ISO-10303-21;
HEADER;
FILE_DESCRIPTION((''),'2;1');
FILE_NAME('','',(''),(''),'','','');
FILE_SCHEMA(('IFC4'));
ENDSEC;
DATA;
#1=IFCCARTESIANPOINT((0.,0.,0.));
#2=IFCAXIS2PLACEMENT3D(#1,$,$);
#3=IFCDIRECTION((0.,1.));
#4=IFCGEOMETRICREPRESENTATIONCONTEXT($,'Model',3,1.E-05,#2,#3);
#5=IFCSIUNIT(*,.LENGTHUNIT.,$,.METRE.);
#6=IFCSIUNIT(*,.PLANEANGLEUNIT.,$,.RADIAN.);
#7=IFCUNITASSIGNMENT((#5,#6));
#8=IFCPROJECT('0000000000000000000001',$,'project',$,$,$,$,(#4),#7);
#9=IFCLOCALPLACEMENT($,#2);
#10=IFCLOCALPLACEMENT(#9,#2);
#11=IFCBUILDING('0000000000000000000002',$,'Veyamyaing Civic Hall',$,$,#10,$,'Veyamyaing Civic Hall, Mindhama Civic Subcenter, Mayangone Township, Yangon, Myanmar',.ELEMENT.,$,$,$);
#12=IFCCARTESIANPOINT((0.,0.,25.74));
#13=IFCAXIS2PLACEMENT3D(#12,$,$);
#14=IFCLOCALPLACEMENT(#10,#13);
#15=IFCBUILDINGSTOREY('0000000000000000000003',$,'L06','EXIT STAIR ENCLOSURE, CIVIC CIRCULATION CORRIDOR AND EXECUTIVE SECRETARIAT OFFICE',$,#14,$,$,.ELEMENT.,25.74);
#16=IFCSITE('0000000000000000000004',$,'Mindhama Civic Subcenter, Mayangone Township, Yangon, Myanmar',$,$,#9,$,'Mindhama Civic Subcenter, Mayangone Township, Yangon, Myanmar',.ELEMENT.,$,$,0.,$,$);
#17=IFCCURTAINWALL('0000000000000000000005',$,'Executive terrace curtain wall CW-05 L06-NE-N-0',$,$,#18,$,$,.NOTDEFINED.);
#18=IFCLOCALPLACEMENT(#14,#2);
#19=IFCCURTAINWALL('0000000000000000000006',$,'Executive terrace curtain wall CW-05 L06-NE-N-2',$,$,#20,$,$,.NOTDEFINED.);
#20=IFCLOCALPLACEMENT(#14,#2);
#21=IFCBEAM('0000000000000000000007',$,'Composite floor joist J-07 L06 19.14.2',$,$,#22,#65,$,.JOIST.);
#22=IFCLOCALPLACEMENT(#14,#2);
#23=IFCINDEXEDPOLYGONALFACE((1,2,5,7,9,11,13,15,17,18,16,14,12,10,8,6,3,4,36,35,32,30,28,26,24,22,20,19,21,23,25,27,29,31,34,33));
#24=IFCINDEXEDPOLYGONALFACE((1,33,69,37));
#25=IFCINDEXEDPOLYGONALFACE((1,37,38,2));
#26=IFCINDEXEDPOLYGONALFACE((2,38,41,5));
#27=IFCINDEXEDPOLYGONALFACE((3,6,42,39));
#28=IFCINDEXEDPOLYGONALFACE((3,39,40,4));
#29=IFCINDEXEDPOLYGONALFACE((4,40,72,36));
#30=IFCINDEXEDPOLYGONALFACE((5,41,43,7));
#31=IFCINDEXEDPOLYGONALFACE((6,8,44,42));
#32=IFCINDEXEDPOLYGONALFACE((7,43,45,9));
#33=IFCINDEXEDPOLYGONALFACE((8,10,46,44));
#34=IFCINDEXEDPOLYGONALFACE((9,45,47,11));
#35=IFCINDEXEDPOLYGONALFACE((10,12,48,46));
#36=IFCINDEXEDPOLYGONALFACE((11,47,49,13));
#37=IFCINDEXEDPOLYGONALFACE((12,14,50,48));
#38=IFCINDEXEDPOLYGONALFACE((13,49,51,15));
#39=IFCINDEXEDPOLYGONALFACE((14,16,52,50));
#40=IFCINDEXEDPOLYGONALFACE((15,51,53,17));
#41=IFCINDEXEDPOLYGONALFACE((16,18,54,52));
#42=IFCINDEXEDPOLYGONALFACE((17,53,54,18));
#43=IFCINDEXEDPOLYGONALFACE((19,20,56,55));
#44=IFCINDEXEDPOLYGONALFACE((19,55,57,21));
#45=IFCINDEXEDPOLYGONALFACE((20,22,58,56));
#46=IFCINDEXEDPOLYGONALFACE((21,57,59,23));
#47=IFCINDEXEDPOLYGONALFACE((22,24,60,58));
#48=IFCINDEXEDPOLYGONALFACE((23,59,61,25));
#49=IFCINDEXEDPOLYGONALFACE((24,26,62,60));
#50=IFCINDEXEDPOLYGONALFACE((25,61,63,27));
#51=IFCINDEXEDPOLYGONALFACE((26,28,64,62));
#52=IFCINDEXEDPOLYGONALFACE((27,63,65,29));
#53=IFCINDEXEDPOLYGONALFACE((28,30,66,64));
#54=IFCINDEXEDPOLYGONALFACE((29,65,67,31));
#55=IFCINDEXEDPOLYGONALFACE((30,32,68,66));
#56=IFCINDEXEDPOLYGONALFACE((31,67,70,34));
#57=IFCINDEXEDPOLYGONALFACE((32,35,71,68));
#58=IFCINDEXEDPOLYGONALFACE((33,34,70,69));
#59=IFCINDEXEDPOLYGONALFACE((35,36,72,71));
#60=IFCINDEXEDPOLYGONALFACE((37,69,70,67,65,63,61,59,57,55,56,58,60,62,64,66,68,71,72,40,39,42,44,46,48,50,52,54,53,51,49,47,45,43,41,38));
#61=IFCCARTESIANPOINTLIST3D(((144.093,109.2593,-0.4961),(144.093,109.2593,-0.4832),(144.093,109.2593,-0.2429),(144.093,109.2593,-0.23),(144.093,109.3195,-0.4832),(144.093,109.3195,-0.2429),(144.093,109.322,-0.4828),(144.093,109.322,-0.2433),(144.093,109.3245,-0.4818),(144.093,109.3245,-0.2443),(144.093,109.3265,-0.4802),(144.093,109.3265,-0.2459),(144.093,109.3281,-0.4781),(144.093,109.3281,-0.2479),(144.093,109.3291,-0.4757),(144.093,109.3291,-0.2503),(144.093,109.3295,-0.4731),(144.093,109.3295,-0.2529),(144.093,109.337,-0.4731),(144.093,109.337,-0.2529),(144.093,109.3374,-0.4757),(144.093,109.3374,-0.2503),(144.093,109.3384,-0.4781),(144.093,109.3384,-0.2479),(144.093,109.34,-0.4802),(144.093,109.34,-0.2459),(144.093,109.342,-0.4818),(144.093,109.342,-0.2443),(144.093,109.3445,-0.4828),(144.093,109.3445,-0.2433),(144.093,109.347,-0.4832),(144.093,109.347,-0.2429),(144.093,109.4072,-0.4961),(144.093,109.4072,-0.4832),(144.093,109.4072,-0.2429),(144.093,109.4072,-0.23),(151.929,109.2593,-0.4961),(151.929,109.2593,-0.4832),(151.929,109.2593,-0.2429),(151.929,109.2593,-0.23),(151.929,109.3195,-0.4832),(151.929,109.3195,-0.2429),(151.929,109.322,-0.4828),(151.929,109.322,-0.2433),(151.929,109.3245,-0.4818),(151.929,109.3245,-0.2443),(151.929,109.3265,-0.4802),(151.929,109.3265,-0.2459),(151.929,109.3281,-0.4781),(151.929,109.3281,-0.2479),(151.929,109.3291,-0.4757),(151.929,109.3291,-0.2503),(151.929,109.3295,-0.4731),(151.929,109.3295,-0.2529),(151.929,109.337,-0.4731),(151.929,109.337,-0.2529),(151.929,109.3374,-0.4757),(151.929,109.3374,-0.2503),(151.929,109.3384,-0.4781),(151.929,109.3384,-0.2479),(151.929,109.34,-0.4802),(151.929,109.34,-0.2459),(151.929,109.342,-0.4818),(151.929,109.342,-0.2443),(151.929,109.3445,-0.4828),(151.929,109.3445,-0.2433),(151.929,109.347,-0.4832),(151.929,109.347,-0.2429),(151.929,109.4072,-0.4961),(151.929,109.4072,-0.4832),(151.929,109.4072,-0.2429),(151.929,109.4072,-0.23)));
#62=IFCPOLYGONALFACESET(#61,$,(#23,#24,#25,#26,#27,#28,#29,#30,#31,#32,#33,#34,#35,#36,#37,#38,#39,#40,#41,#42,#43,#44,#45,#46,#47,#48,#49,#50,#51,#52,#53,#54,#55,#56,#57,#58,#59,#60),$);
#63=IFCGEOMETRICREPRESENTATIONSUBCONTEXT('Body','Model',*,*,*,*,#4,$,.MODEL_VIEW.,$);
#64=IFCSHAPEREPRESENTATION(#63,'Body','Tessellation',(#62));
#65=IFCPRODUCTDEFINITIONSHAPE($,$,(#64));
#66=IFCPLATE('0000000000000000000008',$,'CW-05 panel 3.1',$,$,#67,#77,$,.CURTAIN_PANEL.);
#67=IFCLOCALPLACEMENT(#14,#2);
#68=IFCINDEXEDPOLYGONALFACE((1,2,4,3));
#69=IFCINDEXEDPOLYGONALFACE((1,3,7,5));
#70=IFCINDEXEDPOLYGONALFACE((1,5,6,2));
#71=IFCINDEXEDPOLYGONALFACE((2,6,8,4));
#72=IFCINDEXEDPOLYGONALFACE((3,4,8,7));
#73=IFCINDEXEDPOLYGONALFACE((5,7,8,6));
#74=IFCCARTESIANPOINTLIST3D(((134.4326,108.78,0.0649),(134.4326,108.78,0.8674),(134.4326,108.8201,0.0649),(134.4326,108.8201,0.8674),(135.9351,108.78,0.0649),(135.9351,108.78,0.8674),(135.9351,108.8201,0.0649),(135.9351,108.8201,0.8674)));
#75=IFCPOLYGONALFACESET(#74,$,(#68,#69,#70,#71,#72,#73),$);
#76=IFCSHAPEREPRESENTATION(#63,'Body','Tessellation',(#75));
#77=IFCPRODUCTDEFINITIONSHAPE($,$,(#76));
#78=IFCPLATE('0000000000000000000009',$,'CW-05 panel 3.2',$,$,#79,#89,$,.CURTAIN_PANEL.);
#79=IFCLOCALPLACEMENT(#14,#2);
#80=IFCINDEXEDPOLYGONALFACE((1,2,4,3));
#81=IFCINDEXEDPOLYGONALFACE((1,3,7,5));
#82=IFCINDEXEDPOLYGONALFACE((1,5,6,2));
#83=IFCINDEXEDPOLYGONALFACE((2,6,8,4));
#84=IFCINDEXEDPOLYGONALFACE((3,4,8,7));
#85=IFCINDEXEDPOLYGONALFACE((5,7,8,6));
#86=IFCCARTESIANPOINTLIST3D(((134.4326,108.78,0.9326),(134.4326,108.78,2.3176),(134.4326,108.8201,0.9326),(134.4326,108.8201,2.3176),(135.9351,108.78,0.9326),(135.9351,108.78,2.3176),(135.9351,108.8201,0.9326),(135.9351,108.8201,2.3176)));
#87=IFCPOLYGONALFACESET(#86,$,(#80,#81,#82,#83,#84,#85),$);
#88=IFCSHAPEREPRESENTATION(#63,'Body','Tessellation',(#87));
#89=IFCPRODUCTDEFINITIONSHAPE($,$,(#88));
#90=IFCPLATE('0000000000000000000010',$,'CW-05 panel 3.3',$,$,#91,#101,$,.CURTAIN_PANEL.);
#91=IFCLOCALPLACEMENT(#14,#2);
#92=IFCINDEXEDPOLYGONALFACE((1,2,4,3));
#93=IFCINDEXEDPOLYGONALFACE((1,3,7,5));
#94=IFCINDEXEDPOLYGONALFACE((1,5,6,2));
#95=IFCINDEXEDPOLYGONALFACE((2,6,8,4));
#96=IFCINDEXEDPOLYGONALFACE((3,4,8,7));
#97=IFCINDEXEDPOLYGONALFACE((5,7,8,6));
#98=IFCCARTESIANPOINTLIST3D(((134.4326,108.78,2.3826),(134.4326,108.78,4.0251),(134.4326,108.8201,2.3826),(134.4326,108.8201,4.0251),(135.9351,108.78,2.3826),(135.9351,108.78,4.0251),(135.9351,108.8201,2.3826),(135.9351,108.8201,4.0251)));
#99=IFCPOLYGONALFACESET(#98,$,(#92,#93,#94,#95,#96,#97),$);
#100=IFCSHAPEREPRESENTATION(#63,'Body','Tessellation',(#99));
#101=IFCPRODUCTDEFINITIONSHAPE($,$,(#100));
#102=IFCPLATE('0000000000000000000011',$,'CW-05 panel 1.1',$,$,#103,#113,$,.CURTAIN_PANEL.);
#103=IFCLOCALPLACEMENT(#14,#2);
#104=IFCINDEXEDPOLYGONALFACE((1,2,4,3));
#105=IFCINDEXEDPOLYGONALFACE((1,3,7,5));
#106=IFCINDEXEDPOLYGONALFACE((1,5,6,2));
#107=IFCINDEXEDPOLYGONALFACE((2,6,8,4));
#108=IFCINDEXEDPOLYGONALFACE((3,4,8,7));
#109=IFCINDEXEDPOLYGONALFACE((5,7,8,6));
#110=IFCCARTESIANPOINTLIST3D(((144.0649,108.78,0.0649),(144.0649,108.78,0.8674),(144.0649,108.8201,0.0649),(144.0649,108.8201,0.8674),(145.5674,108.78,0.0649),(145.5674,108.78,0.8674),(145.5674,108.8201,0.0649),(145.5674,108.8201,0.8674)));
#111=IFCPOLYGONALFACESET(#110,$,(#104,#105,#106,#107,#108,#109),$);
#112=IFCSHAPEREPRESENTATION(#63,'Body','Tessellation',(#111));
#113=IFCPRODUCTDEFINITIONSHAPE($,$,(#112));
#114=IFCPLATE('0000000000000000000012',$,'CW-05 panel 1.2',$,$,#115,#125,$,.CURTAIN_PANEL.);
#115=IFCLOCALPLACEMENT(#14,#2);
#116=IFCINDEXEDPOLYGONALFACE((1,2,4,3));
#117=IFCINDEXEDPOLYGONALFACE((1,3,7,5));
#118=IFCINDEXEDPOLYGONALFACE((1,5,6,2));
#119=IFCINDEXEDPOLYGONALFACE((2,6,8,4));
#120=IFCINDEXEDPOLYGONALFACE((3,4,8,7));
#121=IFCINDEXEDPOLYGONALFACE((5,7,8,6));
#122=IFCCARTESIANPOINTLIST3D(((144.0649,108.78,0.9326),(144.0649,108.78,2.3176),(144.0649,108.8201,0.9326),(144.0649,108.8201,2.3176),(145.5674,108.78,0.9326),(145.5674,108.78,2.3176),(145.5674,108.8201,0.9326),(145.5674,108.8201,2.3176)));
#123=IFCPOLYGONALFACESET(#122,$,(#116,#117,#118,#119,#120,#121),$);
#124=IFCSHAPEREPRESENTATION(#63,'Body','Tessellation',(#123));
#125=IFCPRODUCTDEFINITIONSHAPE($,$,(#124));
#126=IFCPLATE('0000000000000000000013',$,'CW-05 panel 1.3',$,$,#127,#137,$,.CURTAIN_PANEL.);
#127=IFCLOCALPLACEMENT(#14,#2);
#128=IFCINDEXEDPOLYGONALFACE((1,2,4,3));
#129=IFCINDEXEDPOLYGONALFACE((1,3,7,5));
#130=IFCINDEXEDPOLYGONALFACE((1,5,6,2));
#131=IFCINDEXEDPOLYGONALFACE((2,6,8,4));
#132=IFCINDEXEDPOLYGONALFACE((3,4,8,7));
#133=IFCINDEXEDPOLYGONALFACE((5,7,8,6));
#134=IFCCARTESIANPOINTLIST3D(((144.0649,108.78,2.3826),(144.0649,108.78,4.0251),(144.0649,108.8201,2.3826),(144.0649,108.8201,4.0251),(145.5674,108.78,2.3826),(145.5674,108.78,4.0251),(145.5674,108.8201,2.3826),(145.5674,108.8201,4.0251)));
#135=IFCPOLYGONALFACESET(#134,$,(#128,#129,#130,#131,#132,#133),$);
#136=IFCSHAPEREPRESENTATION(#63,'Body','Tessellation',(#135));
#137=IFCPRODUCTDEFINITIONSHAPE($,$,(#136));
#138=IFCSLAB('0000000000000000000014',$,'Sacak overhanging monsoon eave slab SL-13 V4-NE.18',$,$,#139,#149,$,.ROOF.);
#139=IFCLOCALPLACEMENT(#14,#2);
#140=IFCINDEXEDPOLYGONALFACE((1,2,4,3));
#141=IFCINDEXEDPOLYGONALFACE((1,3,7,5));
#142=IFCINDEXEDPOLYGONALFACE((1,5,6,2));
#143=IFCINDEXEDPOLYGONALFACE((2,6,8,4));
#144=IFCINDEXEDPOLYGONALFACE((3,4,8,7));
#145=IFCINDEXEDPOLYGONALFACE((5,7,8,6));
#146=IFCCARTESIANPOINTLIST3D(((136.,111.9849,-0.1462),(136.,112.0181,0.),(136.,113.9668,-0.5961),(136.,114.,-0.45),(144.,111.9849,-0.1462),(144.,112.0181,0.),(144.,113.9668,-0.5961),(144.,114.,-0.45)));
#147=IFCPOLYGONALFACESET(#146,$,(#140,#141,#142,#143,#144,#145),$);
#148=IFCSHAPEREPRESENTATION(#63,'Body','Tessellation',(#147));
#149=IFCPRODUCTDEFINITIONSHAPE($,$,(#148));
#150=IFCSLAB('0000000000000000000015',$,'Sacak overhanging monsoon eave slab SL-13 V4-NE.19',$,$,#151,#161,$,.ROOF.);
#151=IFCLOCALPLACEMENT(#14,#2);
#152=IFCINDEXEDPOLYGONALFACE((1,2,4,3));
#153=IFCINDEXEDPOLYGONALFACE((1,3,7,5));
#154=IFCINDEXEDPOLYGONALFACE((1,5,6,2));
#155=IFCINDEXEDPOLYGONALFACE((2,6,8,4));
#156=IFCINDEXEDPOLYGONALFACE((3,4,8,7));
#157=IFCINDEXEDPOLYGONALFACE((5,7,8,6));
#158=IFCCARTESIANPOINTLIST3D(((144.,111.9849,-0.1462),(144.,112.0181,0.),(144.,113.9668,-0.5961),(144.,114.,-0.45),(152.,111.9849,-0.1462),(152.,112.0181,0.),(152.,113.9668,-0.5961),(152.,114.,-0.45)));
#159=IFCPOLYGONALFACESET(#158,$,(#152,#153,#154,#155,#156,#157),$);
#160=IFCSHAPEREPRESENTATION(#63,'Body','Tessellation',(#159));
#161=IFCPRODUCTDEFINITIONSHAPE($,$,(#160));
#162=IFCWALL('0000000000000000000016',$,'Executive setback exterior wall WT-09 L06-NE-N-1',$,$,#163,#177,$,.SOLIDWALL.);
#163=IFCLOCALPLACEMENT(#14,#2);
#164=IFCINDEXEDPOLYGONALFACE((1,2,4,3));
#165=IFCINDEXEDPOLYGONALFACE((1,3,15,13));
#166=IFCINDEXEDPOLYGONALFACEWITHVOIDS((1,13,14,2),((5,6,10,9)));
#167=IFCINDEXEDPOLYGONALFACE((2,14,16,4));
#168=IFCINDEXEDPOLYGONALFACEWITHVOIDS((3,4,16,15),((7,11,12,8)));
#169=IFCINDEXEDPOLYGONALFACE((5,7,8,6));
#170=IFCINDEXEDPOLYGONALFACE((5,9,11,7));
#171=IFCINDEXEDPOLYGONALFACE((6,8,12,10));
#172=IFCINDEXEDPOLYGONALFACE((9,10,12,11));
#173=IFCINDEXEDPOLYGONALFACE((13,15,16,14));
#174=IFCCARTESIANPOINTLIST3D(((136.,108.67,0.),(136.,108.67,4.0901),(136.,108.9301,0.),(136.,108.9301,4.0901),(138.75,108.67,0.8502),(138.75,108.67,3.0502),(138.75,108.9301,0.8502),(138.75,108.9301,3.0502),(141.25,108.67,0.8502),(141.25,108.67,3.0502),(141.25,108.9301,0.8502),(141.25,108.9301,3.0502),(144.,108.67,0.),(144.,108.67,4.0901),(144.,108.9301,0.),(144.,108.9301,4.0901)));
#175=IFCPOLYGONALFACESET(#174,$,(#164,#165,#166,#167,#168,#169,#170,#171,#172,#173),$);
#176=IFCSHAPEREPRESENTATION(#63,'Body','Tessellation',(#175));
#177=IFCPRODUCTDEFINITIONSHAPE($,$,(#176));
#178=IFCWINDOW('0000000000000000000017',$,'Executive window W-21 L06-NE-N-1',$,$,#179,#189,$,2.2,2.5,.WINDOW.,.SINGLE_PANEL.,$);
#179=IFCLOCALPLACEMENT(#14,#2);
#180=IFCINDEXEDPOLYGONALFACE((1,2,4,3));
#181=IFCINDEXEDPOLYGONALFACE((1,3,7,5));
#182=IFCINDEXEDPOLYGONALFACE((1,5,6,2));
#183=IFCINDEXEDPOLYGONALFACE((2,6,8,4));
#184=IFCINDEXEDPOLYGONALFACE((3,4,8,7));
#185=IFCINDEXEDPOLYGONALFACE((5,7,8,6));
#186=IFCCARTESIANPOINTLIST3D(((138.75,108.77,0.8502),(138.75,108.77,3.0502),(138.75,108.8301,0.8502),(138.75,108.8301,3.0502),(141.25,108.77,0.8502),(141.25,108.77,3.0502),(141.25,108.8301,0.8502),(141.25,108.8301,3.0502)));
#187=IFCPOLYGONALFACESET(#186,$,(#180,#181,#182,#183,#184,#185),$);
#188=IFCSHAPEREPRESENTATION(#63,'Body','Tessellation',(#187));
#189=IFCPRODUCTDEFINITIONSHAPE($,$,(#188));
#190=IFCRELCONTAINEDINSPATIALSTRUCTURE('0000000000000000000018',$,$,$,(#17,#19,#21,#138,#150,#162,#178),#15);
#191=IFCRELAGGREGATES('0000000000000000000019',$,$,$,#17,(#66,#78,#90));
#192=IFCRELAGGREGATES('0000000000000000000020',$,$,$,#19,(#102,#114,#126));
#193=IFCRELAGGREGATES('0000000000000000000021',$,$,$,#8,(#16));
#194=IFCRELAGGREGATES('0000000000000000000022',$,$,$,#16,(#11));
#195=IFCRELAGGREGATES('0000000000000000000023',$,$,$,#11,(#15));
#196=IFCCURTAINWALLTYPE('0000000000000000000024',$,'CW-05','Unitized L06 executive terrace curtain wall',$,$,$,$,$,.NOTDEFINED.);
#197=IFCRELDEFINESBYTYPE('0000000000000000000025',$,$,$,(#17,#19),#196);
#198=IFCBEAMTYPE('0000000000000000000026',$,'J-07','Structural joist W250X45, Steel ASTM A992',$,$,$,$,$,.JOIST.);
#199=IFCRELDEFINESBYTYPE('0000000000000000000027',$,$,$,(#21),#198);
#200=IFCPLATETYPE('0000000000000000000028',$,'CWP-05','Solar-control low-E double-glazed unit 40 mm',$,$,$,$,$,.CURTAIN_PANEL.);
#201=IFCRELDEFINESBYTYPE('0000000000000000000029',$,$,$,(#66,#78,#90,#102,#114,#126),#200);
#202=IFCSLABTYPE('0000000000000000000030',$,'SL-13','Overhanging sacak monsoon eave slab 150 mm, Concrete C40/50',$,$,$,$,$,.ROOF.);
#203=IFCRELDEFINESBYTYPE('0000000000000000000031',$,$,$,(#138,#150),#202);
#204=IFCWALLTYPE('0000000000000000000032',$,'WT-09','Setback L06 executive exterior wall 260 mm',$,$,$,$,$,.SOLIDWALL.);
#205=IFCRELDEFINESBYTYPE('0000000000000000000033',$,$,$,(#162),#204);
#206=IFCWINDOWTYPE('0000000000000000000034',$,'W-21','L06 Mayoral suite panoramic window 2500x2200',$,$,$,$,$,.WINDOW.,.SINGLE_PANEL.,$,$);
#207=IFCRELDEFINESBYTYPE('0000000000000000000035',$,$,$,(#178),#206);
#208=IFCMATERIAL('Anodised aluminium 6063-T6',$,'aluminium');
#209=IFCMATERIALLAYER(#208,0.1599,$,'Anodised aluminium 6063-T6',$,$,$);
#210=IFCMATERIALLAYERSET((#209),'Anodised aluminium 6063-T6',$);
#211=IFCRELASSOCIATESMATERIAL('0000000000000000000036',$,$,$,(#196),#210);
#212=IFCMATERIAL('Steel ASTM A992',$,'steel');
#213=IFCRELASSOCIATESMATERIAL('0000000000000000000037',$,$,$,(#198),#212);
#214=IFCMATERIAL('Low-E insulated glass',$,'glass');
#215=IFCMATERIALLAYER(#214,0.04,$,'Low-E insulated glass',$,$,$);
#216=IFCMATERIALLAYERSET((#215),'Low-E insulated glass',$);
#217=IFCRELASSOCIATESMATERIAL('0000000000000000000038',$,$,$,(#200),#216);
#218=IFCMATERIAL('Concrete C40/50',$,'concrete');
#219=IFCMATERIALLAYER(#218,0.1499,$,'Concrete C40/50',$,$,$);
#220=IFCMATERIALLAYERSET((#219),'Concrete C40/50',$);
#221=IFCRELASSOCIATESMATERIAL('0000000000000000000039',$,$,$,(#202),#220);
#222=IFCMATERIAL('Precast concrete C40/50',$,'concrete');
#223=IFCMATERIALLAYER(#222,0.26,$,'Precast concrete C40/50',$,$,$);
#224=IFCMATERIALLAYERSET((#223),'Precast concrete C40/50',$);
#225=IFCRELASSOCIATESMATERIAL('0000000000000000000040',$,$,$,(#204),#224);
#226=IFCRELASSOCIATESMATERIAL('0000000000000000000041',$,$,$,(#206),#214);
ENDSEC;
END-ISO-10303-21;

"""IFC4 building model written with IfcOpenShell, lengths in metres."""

from ifc_helpers import new_model, si_unit, direction, frame, frame_2d, origin, origin_2d, place, context, subcontext, project, spatial, polyline, rectangle, i_section, outline, extrude, material, layer, layer_set, material_profile, profile_set, type_object, element, fill, aggregate, save


model = new_model("IFC4")

# Units and contexts
model_context = context("Model", 3, precision=1e-05, world=origin(), true_north=direction((0.0, 1.0)))
body_context = subcontext(model_context, "Body", "Model", "MODEL_VIEW")
ifc_project = project(units=[si_unit("LENGTHUNIT", "METRE"), si_unit("PLANEANGLEUNIT", "RADIAN")], contexts=[model_context])

# Site, building, storey
site_placement = place(None, origin())
site = spatial("IfcSite", under=ifc_project, at=site_placement, Name="Mindhama Civic Subcenter, Mayangone Township, Yangon, Myanmar", LongName="Mindhama Civic Subcenter, Mayangone Township, Yangon, Myanmar", CompositionType="ELEMENT", RefElevation=0.0)
building_placement = place(site_placement, origin())
building = spatial("IfcBuilding", under=site, at=building_placement, Name="Veyamyaing Civic Hall", LongName="Veyamyaing Civic Hall, Mindhama Civic Subcenter, Mayangone Township, Yangon, Myanmar", CompositionType="ELEMENT")
storey_placement = place(building_placement, frame((0.0, 0.0, 25.74)))
storey = spatial("IfcBuildingStorey", under=building, at=storey_placement, Name="L06", Description="EXIT STAIR ENCLOSURE, CIVIC CIRCULATION CORRIDOR AND EXECUTIVE SECRETARIAT OFFICE", CompositionType="ELEMENT", Elevation=25.74)

# Shared definitions
ifc_material_1 = material(Name="Steel ASTM A992", Category="steel")

# Curtain walls
ifc_material_2 = material(Name="Anodised aluminium 6063-T6", Category="aluminium")
ifc_layer_1 = layer(ifc_material_2, 0.1599, Name="Anodised aluminium 6063-T6")
ifc_layer_set_1 = layer_set([ifc_layer_1], Name="Anodised aluminium 6063-T6")
curtain_wall_type = type_object("IfcCurtainWallType", Name="CW-05", Description="Unitized L06 executive terrace curtain wall", PredefinedType="NOTDEFINED", material=ifc_layer_set_1)
curtain_wall_1_placement = place(storey_placement, origin())
curtain_wall_1 = element("IfcCurtainWall", 1, at=curtain_wall_1_placement, inside=storey, type_object=curtain_wall_type, Name="Executive terrace curtain wall CW-05 L06-NE-N-0", PredefinedType="NOTDEFINED")
curtain_wall_2_placement = place(storey_placement, origin())
curtain_wall_2 = element("IfcCurtainWall", 2, at=curtain_wall_2_placement, inside=storey, type_object=curtain_wall_type, Name="Executive terrace curtain wall CW-05 L06-NE-N-2", PredefinedType="NOTDEFINED")

# Beam
ifc_material_profile_1 = material_profile(ifc_material_1, i_section(OverallWidth=0.1479, OverallDepth=0.2661, WebThickness=0.0076, FlangeThickness=0.0129, FilletRadius=0.01, at=origin_2d()), Name="W250X45")
ifc_profile_set_1 = profile_set([ifc_material_profile_1], Name="Steel ASTM A992")
beam_type_1 = type_object("IfcBeamType", Name="J-07", Description="Structural joist W250X45, Steel ASTM A992", PredefinedType="JOIST", material=ifc_profile_set_1)
for number, where, z_axis, x_axis, name in (
    (3, (144.093, 109.3333, -0.363), (1.0, 0.0, 0.0), (0.0, 1.0, 0.0), "Composite floor joist J-07 L06 19.14.2"),
):
    element("IfcBeam", number, at=place(storey_placement, frame(where, z_axis=z_axis, x_axis=x_axis)), inside=storey, type_object=beam_type_1, Name=name, PredefinedType="JOIST", context=body_context, shape_type="SweptSolid", body=[
        extrude(i_section(OverallWidth=0.1479, OverallDepth=0.2661, WebThickness=0.0076, FlangeThickness=0.0129, FilletRadius=0.01, at=origin_2d()), origin(), (0.0, 0.0, 1.0), 7.8359),
    ])

# Plates
ifc_material_3 = material(Name="Low-E insulated glass", Category="glass")
ifc_layer_2 = layer(ifc_material_3, 0.04, Name="Low-E insulated glass")
ifc_layer_set_2 = layer_set([ifc_layer_2], Name="Low-E insulated glass")
plate_type = type_object("IfcPlateType", Name="CWP-05", Description="Solar-control low-E double-glazed unit 40 mm", PredefinedType="CURTAIN_PANEL", material=ifc_layer_set_2)
plate_1_placement = place(storey_placement, frame((135.1838, 108.8, 0.0649), z_axis=(0.0, 0.0, 1.0), x_axis=(1.0, 0.0, 0.0)))
plate_1 = element("IfcPlate", 4, at=plate_1_placement, type_object=plate_type, Name="CW-05 panel 3.1", PredefinedType="CURTAIN_PANEL", context=body_context, shape_type="SweptSolid", body=[
    extrude(rectangle(XDim=1.5024, YDim=0.04, at=origin_2d()), origin(), (0.0, 0.0, 1.0), 0.8025),
])
plate_2_placement = place(storey_placement, frame((135.1838, 108.8, 0.9326), z_axis=(0.0, 0.0, 1.0), x_axis=(1.0, 0.0, 0.0)))
plate_2 = element("IfcPlate", 5, at=plate_2_placement, type_object=plate_type, Name="CW-05 panel 3.2", PredefinedType="CURTAIN_PANEL", context=body_context, shape_type="SweptSolid", body=[
    extrude(rectangle(XDim=1.5024, YDim=0.04, at=origin_2d()), origin(), (0.0, 0.0, 1.0), 1.385),
])
plate_3_placement = place(storey_placement, frame((135.1838, 108.8, 2.3826), z_axis=(0.0, 0.0, 1.0), x_axis=(1.0, 0.0, 0.0)))
plate_3 = element("IfcPlate", 6, at=plate_3_placement, type_object=plate_type, Name="CW-05 panel 3.3", PredefinedType="CURTAIN_PANEL", context=body_context, shape_type="SweptSolid", body=[
    extrude(rectangle(XDim=1.5024, YDim=0.04, at=origin_2d()), origin(), (0.0, 0.0, 1.0), 1.6426),
])
aggregate(curtain_wall_1, [plate_1, plate_2, plate_3])
plate_4_placement = place(storey_placement, frame((144.8162, 108.8, 0.0649), z_axis=(0.0, 0.0, 1.0), x_axis=(1.0, 0.0, 0.0)))
plate_4 = element("IfcPlate", 7, at=plate_4_placement, type_object=plate_type, Name="CW-05 panel 1.1", PredefinedType="CURTAIN_PANEL", context=body_context, shape_type="SweptSolid", body=[
    extrude(rectangle(XDim=1.5024, YDim=0.04, at=origin_2d()), origin(), (0.0, 0.0, 1.0), 0.8025),
])
plate_5_placement = place(storey_placement, frame((144.8162, 108.8, 0.9326), z_axis=(0.0, 0.0, 1.0), x_axis=(1.0, 0.0, 0.0)))
plate_5 = element("IfcPlate", 8, at=plate_5_placement, type_object=plate_type, Name="CW-05 panel 1.2", PredefinedType="CURTAIN_PANEL", context=body_context, shape_type="SweptSolid", body=[
    extrude(rectangle(XDim=1.5024, YDim=0.04, at=origin_2d()), origin(), (0.0, 0.0, 1.0), 1.385),
])
plate_6_placement = place(storey_placement, frame((144.8162, 108.8, 2.3826), z_axis=(0.0, 0.0, 1.0), x_axis=(1.0, 0.0, 0.0)))
plate_6 = element("IfcPlate", 9, at=plate_6_placement, type_object=plate_type, Name="CW-05 panel 1.3", PredefinedType="CURTAIN_PANEL", context=body_context, shape_type="SweptSolid", body=[
    extrude(rectangle(XDim=1.5024, YDim=0.04, at=origin_2d()), origin(), (0.0, 0.0, 1.0), 1.6426),
])
aggregate(curtain_wall_2, [plate_4, plate_5, plate_6])

# Slabs
ifc_material_4 = material(Name="Concrete C40/50", Category="concrete")
ifc_layer_3 = layer(ifc_material_4, 0.1499, Name="Concrete C40/50")
ifc_layer_set_3 = layer_set([ifc_layer_3], Name="Concrete C40/50")
slab_type = type_object("IfcSlabType", Name="SL-13", Description="Overhanging sacak monsoon eave slab 150 mm, Concrete C40/50", PredefinedType="ROOF", material=ifc_layer_set_3)
for number, where, z_axis, x_axis, name in (
    (10, (136.0, 112.0181, 0.0), (0.0, 0.221393, 0.975185), (1.0, 0.0, 0.0), "Sacak overhanging monsoon eave slab SL-13 V4-NE.18"),
    (11, (144.0, 112.0181, 0.0), (0.0, 0.221393, 0.975185), (1.0, 0.0, 0.0), "Sacak overhanging monsoon eave slab SL-13 V4-NE.19"),
):
    element("IfcSlab", number, at=place(storey_placement, frame(where, z_axis=z_axis, x_axis=x_axis)), inside=storey, type_object=slab_type, Name=name, PredefinedType="ROOF", context=body_context, shape_type="SweptSolid", body=[
        extrude(outline(polyline([(0.0, 0.0), (8.0, 0.0), (8.0, 2.0324), (0.0, 2.0324), (0.0, 0.0)])), origin(), (0.0, 0.0, -1.0), 0.1499),
    ])

# Wall, opening, window
ifc_material_5 = material(Name="Precast concrete C40/50", Category="concrete")
ifc_layer_4 = layer(ifc_material_5, 0.26, Name="Precast concrete C40/50")
ifc_layer_set_4 = layer_set([ifc_layer_4], Name="Precast concrete C40/50")
wall_type = type_object("IfcWallType", Name="WT-09", Description="Setback L06 executive exterior wall 260 mm", PredefinedType="SOLIDWALL", material=ifc_layer_set_4)
wall_placement = place(storey_placement, frame((136.0, 108.8, 0.0), z_axis=(0.0, 0.0, 1.0), x_axis=(1.0, 0.0, 0.0)))
wall = element("IfcWall", 12, at=wall_placement, inside=storey, type_object=wall_type, Name="Executive setback exterior wall WT-09 L06-NE-N-1", PredefinedType="SOLIDWALL", context=body_context, shape_type="SweptSolid", body=[
    extrude(rectangle(XDim=8.0, YDim=0.26, at=frame_2d((4.0, 0.0))), origin(), (0.0, 0.0, 1.0), 4.0901),
])
opening_placement = place(wall_placement, frame((2.75, 0.0, 0.8501)))
opening = element("IfcOpeningElement", 13, at=opening_placement, cuts=wall, PredefinedType="OPENING", context=body_context, shape_type="SweptSolid", body=[
    extrude(rectangle(XDim=2.5, YDim=2.2, at=frame_2d((1.25, 1.1001))), frame((0.0, 0.1399, 0.0), z_axis=(0.0, -1.0, 0.0), x_axis=(1.0, 0.0, 0.0)), (0.0, 0.0, 1.0), 0.28),
])
window_type = type_object("IfcWindowType", Name="W-21", Description="L06 Mayoral suite panoramic window 2500x2200", PartitioningType="SINGLE_PANEL", PredefinedType="WINDOW", material=ifc_material_3)
window_placement = place(opening_placement, origin())
window = element("IfcWindow", 14, at=window_placement, inside=storey, type_object=window_type, Name="Executive window W-21 L06-NE-N-1", OverallHeight=2.2, OverallWidth=2.5, PartitioningType="SINGLE_PANEL", PredefinedType="WINDOW", context=body_context, shape_type="SweptSolid", body=[
    extrude(rectangle(XDim=2.5, YDim=2.2, at=frame_2d((1.25, 1.1001))), frame((0.0, 0.03, 0.0), z_axis=(0.0, -1.0, 0.0), x_axis=(1.0, 0.0, 0.0)), (0.0, 0.0, 1.0), 0.0601),
])
fill(opening, window)

save(model, "model.ifc")
